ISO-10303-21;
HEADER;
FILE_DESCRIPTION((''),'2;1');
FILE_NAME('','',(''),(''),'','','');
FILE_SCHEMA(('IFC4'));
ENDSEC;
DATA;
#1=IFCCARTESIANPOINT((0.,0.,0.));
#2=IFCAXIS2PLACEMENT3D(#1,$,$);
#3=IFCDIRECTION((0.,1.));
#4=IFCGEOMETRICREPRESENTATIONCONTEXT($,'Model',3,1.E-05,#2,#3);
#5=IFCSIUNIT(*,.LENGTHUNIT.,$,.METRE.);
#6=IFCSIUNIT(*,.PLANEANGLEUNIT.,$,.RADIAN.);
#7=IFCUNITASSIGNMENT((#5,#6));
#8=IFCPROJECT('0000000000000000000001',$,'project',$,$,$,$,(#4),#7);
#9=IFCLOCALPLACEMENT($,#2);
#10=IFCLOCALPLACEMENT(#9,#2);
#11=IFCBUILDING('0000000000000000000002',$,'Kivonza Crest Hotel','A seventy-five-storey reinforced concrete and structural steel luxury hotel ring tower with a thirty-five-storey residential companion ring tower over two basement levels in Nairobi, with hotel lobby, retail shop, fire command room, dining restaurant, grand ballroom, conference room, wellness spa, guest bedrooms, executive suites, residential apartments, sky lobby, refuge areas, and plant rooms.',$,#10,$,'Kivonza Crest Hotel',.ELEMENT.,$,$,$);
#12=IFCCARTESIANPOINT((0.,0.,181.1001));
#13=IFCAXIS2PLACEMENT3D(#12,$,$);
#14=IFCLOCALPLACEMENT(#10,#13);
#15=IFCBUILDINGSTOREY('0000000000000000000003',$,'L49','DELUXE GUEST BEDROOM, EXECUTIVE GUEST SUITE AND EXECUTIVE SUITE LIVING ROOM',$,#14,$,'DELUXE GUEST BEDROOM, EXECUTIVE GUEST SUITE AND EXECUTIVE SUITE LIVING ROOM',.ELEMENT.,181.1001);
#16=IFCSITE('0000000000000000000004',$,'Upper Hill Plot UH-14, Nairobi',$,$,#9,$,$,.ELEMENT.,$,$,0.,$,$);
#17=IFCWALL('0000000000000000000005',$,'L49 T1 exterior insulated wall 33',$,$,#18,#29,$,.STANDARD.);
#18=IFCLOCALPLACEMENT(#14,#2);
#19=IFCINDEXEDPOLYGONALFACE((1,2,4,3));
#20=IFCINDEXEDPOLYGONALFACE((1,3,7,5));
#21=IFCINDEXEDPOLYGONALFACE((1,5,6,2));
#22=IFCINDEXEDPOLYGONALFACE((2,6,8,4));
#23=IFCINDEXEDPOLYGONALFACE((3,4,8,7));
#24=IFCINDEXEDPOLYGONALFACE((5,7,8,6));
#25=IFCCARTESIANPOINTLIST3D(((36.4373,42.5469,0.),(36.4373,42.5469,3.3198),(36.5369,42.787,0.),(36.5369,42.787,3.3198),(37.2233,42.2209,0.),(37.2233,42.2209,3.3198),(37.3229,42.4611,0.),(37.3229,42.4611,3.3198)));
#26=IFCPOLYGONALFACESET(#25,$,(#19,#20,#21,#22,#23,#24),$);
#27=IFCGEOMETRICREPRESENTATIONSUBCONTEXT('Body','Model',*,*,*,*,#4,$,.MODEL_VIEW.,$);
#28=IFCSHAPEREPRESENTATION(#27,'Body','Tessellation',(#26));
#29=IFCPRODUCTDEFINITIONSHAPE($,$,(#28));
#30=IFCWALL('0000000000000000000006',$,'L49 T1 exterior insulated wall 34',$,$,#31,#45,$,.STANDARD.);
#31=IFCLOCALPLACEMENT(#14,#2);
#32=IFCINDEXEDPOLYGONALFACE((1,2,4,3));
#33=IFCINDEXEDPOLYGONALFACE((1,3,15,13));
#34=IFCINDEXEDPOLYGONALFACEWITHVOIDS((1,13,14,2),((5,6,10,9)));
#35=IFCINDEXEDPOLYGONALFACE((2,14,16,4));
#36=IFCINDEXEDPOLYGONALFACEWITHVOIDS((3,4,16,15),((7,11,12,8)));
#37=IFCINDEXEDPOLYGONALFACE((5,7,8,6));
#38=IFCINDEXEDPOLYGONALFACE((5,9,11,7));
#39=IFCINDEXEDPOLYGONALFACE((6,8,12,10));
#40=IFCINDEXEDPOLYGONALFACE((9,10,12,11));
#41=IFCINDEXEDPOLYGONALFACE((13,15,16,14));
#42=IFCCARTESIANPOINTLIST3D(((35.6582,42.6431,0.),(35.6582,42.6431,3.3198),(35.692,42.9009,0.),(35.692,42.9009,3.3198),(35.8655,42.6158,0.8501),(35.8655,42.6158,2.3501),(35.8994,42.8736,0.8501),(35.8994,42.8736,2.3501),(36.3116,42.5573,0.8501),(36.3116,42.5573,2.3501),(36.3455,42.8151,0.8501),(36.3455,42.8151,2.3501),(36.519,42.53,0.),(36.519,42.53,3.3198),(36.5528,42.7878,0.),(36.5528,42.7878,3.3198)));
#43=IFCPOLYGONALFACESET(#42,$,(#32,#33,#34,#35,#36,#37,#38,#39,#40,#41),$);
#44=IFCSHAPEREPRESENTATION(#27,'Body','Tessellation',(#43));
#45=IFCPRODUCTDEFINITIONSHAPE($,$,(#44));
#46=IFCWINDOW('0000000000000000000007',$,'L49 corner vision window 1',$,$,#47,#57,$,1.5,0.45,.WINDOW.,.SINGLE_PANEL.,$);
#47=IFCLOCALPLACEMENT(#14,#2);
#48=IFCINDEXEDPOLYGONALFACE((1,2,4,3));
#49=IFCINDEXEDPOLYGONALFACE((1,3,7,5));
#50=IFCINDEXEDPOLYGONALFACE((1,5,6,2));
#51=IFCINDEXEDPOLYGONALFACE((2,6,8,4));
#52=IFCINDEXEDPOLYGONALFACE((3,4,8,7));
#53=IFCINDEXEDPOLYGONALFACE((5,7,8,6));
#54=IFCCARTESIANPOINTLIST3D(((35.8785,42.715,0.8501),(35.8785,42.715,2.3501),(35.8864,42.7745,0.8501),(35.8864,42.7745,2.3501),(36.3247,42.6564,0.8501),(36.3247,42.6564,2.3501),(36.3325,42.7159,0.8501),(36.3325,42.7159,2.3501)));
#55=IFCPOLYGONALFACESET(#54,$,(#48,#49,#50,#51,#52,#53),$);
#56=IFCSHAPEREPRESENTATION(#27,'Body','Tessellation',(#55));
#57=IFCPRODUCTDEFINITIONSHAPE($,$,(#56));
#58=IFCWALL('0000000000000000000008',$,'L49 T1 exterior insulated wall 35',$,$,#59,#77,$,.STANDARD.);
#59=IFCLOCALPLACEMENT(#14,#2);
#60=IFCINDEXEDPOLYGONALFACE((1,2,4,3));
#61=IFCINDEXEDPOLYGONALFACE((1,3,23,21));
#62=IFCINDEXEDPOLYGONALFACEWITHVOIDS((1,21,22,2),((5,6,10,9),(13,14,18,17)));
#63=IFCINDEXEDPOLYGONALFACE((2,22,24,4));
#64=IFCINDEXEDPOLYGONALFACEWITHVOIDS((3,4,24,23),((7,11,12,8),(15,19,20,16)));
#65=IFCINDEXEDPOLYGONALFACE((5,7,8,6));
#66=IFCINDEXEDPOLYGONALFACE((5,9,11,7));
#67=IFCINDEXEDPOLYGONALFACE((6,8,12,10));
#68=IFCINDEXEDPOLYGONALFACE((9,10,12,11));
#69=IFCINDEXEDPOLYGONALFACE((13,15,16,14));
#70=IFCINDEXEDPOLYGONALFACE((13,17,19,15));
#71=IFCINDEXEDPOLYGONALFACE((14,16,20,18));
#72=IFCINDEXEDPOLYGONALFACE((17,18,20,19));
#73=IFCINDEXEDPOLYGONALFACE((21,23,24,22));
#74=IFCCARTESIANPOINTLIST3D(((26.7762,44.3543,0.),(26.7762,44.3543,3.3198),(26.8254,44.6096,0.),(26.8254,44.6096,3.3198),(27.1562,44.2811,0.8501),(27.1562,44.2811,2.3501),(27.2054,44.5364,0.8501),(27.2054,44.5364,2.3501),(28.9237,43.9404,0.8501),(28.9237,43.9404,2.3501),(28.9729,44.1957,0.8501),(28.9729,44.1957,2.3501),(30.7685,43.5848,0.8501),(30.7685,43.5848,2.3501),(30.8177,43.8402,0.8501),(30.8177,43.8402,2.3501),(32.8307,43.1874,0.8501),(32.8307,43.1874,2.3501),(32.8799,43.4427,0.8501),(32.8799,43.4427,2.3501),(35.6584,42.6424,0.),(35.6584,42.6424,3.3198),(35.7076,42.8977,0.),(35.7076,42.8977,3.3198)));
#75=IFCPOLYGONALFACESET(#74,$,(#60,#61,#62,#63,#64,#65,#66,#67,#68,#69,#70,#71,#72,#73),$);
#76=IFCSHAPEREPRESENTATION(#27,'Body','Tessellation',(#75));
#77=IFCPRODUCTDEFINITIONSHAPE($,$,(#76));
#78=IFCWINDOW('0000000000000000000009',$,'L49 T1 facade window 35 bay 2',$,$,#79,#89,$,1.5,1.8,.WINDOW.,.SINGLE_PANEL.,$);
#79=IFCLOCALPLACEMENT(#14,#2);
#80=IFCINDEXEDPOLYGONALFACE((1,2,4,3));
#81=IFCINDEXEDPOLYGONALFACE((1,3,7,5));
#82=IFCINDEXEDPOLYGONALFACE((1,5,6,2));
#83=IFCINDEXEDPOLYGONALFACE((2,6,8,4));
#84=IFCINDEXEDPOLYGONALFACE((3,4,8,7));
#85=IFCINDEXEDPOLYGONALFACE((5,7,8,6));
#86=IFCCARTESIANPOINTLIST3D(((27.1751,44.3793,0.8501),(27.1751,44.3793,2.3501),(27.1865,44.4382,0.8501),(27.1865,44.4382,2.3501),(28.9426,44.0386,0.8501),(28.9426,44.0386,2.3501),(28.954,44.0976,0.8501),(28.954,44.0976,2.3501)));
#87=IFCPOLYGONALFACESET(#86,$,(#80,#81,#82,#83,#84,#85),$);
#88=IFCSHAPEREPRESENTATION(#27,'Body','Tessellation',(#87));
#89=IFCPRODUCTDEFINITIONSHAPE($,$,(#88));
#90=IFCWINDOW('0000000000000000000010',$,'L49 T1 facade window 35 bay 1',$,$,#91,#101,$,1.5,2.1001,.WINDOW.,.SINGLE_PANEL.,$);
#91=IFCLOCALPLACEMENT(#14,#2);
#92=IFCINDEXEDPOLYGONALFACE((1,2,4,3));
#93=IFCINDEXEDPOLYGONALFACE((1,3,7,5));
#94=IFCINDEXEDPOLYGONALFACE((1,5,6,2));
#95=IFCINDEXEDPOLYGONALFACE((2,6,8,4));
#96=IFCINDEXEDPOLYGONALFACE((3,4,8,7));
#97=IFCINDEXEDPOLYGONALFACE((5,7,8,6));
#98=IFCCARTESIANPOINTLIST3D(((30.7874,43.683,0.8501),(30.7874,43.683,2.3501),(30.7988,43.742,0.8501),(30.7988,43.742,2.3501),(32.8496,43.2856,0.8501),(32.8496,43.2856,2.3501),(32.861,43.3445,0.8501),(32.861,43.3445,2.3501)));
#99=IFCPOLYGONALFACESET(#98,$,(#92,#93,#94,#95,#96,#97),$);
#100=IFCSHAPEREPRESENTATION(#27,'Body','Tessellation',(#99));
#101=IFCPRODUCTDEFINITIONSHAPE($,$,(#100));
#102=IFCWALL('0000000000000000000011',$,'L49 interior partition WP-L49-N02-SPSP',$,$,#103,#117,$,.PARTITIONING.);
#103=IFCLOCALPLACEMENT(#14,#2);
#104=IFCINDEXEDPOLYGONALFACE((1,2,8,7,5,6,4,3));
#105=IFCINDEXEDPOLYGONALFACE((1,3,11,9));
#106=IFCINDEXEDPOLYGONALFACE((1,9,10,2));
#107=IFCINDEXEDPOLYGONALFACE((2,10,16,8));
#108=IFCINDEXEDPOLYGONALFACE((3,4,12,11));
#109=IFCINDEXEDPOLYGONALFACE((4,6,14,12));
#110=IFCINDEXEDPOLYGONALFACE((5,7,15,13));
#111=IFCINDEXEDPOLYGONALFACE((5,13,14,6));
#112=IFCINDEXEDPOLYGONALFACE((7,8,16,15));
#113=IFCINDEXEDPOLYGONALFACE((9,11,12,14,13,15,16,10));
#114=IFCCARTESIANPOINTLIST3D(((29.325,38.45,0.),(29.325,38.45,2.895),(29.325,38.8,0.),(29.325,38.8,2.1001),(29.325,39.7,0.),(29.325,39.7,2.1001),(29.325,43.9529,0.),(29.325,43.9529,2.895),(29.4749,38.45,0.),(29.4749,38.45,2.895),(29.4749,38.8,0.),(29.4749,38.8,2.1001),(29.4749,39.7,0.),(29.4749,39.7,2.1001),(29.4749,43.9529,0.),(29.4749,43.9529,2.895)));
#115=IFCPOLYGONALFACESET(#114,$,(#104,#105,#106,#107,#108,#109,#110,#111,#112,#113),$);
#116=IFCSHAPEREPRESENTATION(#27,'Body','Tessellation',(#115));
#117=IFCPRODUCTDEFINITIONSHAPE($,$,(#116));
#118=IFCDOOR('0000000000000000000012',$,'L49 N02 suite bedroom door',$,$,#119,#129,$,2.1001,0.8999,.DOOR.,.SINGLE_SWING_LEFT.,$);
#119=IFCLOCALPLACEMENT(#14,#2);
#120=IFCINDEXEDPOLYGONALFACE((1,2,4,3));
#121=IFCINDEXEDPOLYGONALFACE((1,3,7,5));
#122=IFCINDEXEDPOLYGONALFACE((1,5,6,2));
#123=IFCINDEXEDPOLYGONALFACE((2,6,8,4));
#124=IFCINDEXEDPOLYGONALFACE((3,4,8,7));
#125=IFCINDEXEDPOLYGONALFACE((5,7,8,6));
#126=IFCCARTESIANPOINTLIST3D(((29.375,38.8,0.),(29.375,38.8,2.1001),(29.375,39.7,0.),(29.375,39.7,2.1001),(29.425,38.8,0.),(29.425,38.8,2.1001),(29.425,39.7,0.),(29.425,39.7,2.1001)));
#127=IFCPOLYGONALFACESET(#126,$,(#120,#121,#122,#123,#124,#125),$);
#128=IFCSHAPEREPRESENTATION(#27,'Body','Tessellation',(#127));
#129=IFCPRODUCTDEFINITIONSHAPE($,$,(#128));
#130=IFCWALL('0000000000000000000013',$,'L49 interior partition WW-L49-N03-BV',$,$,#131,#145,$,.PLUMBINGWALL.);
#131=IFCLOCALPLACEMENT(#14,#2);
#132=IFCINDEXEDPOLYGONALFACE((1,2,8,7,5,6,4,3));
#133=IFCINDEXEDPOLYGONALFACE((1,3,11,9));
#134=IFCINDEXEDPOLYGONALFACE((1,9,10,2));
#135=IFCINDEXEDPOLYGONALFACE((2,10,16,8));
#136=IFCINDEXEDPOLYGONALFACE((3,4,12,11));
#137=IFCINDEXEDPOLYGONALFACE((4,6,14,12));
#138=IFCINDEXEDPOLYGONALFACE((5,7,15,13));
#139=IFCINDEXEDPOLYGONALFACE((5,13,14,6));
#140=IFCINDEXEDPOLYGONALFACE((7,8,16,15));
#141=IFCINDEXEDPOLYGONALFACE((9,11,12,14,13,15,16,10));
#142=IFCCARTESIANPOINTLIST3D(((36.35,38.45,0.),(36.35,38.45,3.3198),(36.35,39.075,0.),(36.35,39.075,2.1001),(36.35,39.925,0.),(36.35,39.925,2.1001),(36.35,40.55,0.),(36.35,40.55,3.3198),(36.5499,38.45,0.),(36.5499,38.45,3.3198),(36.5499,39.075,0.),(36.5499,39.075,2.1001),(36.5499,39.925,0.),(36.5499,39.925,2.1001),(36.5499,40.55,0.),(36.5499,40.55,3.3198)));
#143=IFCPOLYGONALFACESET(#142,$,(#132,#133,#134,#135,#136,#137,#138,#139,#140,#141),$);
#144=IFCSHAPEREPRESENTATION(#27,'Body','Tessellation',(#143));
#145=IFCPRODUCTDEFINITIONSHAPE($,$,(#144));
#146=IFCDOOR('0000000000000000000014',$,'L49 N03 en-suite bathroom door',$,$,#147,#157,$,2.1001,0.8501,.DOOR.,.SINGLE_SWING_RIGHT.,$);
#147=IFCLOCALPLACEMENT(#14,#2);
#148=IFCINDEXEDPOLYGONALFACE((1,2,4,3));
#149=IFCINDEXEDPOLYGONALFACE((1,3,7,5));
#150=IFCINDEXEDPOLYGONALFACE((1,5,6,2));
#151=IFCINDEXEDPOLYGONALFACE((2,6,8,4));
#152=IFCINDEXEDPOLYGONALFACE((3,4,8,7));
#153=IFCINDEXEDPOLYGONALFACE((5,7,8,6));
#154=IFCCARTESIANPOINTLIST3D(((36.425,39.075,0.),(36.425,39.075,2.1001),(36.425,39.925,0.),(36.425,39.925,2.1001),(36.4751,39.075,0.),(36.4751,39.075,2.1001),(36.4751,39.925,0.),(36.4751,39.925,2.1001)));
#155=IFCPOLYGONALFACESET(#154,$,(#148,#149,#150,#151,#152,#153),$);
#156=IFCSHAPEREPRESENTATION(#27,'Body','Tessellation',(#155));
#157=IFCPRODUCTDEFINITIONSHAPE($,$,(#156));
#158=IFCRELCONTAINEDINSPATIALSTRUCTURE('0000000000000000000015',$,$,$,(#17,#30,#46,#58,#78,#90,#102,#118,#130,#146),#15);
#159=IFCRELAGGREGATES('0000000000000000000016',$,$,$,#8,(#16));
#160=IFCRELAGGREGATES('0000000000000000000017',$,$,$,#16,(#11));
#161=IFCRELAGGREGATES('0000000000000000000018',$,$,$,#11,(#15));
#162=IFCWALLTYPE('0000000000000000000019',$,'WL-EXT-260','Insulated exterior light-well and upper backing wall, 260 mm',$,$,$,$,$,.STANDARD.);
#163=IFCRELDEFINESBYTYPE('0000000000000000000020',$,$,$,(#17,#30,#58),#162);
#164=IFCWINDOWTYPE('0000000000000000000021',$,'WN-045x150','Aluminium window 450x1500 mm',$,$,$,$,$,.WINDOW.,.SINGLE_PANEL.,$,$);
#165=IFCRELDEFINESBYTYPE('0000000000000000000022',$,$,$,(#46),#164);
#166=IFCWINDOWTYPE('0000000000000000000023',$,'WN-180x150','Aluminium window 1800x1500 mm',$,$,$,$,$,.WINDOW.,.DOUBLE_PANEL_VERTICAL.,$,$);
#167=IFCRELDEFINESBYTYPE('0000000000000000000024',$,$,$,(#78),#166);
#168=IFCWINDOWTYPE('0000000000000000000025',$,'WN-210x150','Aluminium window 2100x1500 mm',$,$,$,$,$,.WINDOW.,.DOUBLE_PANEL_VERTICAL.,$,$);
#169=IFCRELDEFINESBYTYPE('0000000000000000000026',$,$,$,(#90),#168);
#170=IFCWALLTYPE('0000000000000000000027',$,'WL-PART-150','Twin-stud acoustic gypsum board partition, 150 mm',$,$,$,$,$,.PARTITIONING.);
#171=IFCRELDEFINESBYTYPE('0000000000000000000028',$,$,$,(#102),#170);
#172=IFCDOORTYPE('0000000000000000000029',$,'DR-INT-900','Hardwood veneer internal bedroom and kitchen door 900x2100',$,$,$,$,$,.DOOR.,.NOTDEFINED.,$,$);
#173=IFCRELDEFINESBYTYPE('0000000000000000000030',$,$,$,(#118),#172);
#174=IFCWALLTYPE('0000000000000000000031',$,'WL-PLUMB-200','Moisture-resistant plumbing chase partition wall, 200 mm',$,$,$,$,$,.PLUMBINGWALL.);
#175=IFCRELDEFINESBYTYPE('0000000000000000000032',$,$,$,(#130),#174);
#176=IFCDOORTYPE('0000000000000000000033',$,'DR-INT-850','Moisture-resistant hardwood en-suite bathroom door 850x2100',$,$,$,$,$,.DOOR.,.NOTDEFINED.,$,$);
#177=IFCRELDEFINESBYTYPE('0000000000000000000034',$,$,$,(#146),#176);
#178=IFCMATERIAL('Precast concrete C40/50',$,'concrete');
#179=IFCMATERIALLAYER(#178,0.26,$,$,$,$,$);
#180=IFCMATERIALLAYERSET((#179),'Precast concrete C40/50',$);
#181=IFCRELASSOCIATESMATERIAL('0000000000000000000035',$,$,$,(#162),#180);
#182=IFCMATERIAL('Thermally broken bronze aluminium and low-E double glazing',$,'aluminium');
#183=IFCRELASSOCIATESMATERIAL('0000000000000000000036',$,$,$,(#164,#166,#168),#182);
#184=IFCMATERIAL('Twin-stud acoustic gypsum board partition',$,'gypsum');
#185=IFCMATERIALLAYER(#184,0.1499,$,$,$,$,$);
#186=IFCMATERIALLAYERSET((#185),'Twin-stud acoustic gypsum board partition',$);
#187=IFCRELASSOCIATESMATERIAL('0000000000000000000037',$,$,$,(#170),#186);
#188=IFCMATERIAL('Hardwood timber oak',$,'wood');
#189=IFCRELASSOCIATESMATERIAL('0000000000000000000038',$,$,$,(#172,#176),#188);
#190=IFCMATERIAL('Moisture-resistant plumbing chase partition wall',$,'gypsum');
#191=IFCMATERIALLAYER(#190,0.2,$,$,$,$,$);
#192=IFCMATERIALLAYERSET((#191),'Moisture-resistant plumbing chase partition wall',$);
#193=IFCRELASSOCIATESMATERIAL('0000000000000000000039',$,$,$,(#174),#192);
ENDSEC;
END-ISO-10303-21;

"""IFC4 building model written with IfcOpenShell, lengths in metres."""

from ifc_helpers import new_model, si_unit, direction, frame, frame_2d, origin, place, context, subcontext, project, spatial, rectangle, extrude, material, layer, layer_set, type_object, element, fill, save


model = new_model("IFC4")

# Units and contexts
model_context = context("Model", 3, precision=1e-05, world=origin(), true_north=direction((0.0, 1.0)))
body_context = subcontext(model_context, "Body", "Model", "MODEL_VIEW")
ifc_project = project(units=[si_unit("LENGTHUNIT", "METRE"), si_unit("PLANEANGLEUNIT", "RADIAN")], contexts=[model_context])

# Site, building, storey
site_placement = place(None, origin())
site = spatial("IfcSite", under=ifc_project, at=site_placement, Name="Upper Hill Plot UH-14, Nairobi", CompositionType="ELEMENT", RefElevation=0.0)
building_placement = place(site_placement, origin())
building = spatial("IfcBuilding", under=site, at=building_placement, Name="Kivonza Crest Hotel", Description="A seventy-five-storey reinforced concrete and structural steel luxury hotel ring tower with a thirty-five-storey residential companion ring tower over two basement levels in Nairobi, with hotel lobby, retail shop, fire command room, dining restaurant, grand ballroom, conference room, wellness spa, guest bedrooms, executive suites, residential apartments, sky lobby, refuge areas, and plant rooms.", LongName="Kivonza Crest Hotel", CompositionType="ELEMENT")
storey_placement = place(building_placement, frame((0.0, 0.0, 181.1001)))
storey = spatial("IfcBuildingStorey", under=building, at=storey_placement, Name="L49", Description="DELUXE GUEST BEDROOM, EXECUTIVE GUEST SUITE AND EXECUTIVE SUITE LIVING ROOM", LongName="DELUXE GUEST BEDROOM, EXECUTIVE GUEST SUITE AND EXECUTIVE SUITE LIVING ROOM", CompositionType="ELEMENT", Elevation=181.1001)

# Wall
ifc_material_1 = material(Name="Precast concrete C40/50", Category="concrete")
ifc_layer_1 = layer(ifc_material_1, 0.26)
ifc_layer_set_1 = layer_set([ifc_layer_1], Name="Precast concrete C40/50")
wall_type_1 = type_object("IfcWallType", Name="WL-EXT-260", Description="Insulated exterior light-well and upper backing wall, 260 mm", PredefinedType="STANDARD", material=ifc_layer_set_1)
wall_1_placement = place(storey_placement, frame((37.2729, 42.3411, 0.0), z_axis=(0.0, 0.0, 1.0), x_axis=(-0.923712, 0.383087, 0.0)))
element("IfcWall", 1, at=wall_1_placement, inside=storey, type_object=wall_type_1, Name="L49 T1 exterior insulated wall 33", PredefinedType="STANDARD", context=body_context, shape_type="SweptSolid", body=[
    extrude(rectangle(XDim=0.8508, YDim=0.26, at=frame_2d((0.4253, 0.0))), origin(), (0.0, 0.0, 1.0), 3.3198),
])

# Wall, opening, window
wall_2_placement = place(storey_placement, frame((36.5359, 42.6589, 0.0), z_axis=(0.0, 0.0, 1.0), x_axis=(-0.991489, 0.130193, 0.0)))
wall_2 = element("IfcWall", 2, at=wall_2_placement, inside=storey, type_object=wall_type_1, Name="L49 T1 exterior insulated wall 34", PredefinedType="STANDARD", context=body_context, shape_type="SweptSolid", body=[
    extrude(rectangle(XDim=0.8682, YDim=0.26, at=frame_2d((0.4341, 0.0))), origin(), (0.0, 0.0, 1.0), 3.3198),
])
opening_1_placement = place(wall_2_placement, frame((0.209, 0.0, 0.8501)))
opening_1 = element("IfcOpeningElement", 3, at=opening_1_placement, cuts=wall_2, PredefinedType="OPENING", context=body_context, shape_type="SweptSolid", body=[
    extrude(rectangle(XDim=0.45, YDim=1.5, at=frame_2d((0.2251, 0.75))), frame((0.0, 0.1401, 0.0), z_axis=(0.0, -1.0, 0.0), x_axis=(1.0, 0.0, 0.0)), (0.0, 0.0, 1.0), 0.28),
])
ifc_material_2 = material(Name="Thermally broken bronze aluminium and low-E double glazing", Category="aluminium")
window_type_1 = type_object("IfcWindowType", Name="WN-045x150", Description="Aluminium window 450x1500 mm", PartitioningType="SINGLE_PANEL", PredefinedType="WINDOW", material=ifc_material_2)
window_1_placement = place(opening_1_placement, origin())
window_1 = element("IfcWindow", 4, at=window_1_placement, inside=storey, type_object=window_type_1, Name="L49 corner vision window 1", OverallHeight=1.5, OverallWidth=0.45, PartitioningType="SINGLE_PANEL", PredefinedType="WINDOW", context=body_context, shape_type="SweptSolid", body=[
    extrude(rectangle(XDim=0.45, YDim=1.5, at=frame_2d((0.2251, 0.75))), frame((0.0, 0.03, 0.0), z_axis=(0.0, -1.0, 0.0), x_axis=(1.0, 0.0, 0.0)), (0.0, 0.0, 1.0), 0.0601),
])
fill(opening_1, window_1)

# Wall, openings, windows
wall_3_placement = place(storey_placement, frame((35.6831, 42.77, 0.0), z_axis=(0.0, 0.0, 1.0), x_axis=(-0.981928, 0.189255, 0.0)))
wall_3 = element("IfcWall", 5, at=wall_3_placement, inside=storey, type_object=wall_type_1, Name="L49 T1 exterior insulated wall 35", PredefinedType="STANDARD", context=body_context, shape_type="SweptSolid", body=[
    extrude(rectangle(XDim=9.0457, YDim=0.26, at=frame_2d((4.5229, 0.0))), origin(), (0.0, 0.0, 1.0), 3.3198),
])
opening_2_placement = place(wall_3_placement, frame((2.8799, 0.0, 0.8501)))
opening_2 = element("IfcOpeningElement", 6, at=opening_2_placement, cuts=wall_3, PredefinedType="OPENING", context=body_context, shape_type="SweptSolid", body=[
    extrude(rectangle(XDim=2.1001, YDim=1.5, at=frame_2d((1.05, 0.75))), frame((0.0, 0.1401, 0.0), z_axis=(0.0, -1.0, 0.0), x_axis=(1.0, 0.0, 0.0)), (0.0, 0.0, 1.0), 0.28),
])
opening_3_placement = place(wall_3_placement, frame((6.8589, 0.0, 0.8501)))
opening_3 = element("IfcOpeningElement", 7, at=opening_3_placement, cuts=wall_3, PredefinedType="OPENING", context=body_context, shape_type="SweptSolid", body=[
    extrude(rectangle(XDim=1.8, YDim=1.5, at=frame_2d((0.8999, 0.75))), frame((0.0, 0.1401, 0.0), z_axis=(0.0, -1.0, 0.0), x_axis=(1.0, 0.0, 0.0)), (0.0, 0.0, 1.0), 0.28),
])
window_type_2 = type_object("IfcWindowType", Name="WN-180x150", Description="Aluminium window 1800x1500 mm", PartitioningType="DOUBLE_PANEL_VERTICAL", PredefinedType="WINDOW", material=ifc_material_2)
window_2_placement = place(opening_3_placement, origin())
window_2 = element("IfcWindow", 8, at=window_2_placement, inside=storey, type_object=window_type_2, Name="L49 T1 facade window 35 bay 2", OverallHeight=1.5, OverallWidth=1.8, PartitioningType="SINGLE_PANEL", PredefinedType="WINDOW", context=body_context, shape_type="SweptSolid", body=[
    extrude(rectangle(XDim=1.8, YDim=1.5, at=frame_2d((0.8999, 0.75))), frame((0.0, 0.03, 0.0), z_axis=(0.0, -1.0, 0.0), x_axis=(1.0, 0.0, 0.0)), (0.0, 0.0, 1.0), 0.0601),
])
fill(opening_3, window_2)
window_type_3 = type_object("IfcWindowType", Name="WN-210x150", Description="Aluminium window 2100x1500 mm", PartitioningType="DOUBLE_PANEL_VERTICAL", PredefinedType="WINDOW", material=ifc_material_2)
window_3_placement = place(opening_2_placement, origin())
window_3 = element("IfcWindow", 9, at=window_3_placement, inside=storey, type_object=window_type_3, Name="L49 T1 facade window 35 bay 1", OverallHeight=1.5, OverallWidth=2.1001, PartitioningType="SINGLE_PANEL", PredefinedType="WINDOW", context=body_context, shape_type="SweptSolid", body=[
    extrude(rectangle(XDim=2.1001, YDim=1.5, at=frame_2d((1.05, 0.75))), frame((0.0, 0.03, 0.0), z_axis=(0.0, -1.0, 0.0), x_axis=(1.0, 0.0, 0.0)), (0.0, 0.0, 1.0), 0.0601),
])
fill(opening_2, window_3)

# Walls, openings, doors
ifc_material_3 = material(Name="Twin-stud acoustic gypsum board partition", Category="gypsum")
ifc_layer_2 = layer(ifc_material_3, 0.1499)
ifc_layer_set_2 = layer_set([ifc_layer_2], Name="Twin-stud acoustic gypsum board partition")
wall_type_2 = type_object("IfcWallType", Name="WL-PART-150", Description="Twin-stud acoustic gypsum board partition, 150 mm", PredefinedType="PARTITIONING", material=ifc_layer_set_2)
wall_4_placement = place(storey_placement, frame((29.3999, 38.45, 0.0), z_axis=(0.0, 0.0, 1.0), x_axis=(0.0, 1.0, 0.0)))
wall_4 = element("IfcWall", 10, at=wall_4_placement, inside=storey, type_object=wall_type_2, Name="L49 interior partition WP-L49-N02-SPSP", PredefinedType="PARTITIONING", context=body_context, shape_type="SweptSolid", body=[
    extrude(rectangle(XDim=5.5029, YDim=0.1499, at=frame_2d((2.7515, 0.0))), origin(), (0.0, 0.0, 1.0), 2.895),
])
opening_4_placement = place(wall_4_placement, frame((0.3501, 0.0, 0.0)))
opening_4 = element("IfcOpeningElement", 11, at=opening_4_placement, cuts=wall_4, PredefinedType="OPENING", context=body_context, shape_type="SweptSolid", body=[
    extrude(rectangle(XDim=0.8999, YDim=2.1001, at=frame_2d((0.45, 1.05))), frame((0.0, 0.085, 0.0), z_axis=(0.0, -1.0, 0.0), x_axis=(1.0, 0.0, 0.0)), (0.0, 0.0, 1.0), 0.1699),
])
ifc_material_4 = material(Name="Hardwood timber oak", Category="wood")
door_type_1 = type_object("IfcDoorType", Name="DR-INT-900", Description="Hardwood veneer internal bedroom and kitchen door 900x2100", OperationType="NOTDEFINED", PredefinedType="DOOR", material=ifc_material_4)
door_1_placement = place(opening_4_placement, origin())
door_1 = element("IfcDoor", 12, at=door_1_placement, inside=storey, type_object=door_type_1, Name="L49 N02 suite bedroom door", OperationType="SINGLE_SWING_LEFT", OverallHeight=2.1001, OverallWidth=0.8999, PredefinedType="DOOR", context=body_context, shape_type="SweptSolid", body=[
    extrude(rectangle(XDim=0.8999, YDim=2.1001, at=frame_2d((0.45, 1.05))), frame((0.0, 0.0249, 0.0), z_axis=(0.0, -1.0, 0.0), x_axis=(1.0, 0.0, 0.0)), (0.0, 0.0, 1.0), 0.05),
])
fill(opening_4, door_1)
ifc_material_5 = material(Name="Moisture-resistant plumbing chase partition wall", Category="gypsum")
ifc_layer_3 = layer(ifc_material_5, 0.2)
ifc_layer_set_3 = layer_set([ifc_layer_3], Name="Moisture-resistant plumbing chase partition wall")
wall_type_3 = type_object("IfcWallType", Name="WL-PLUMB-200", Description="Moisture-resistant plumbing chase partition wall, 200 mm", PredefinedType="PLUMBINGWALL", material=ifc_layer_set_3)
wall_5_placement = place(storey_placement, frame((36.45, 38.45, 0.0), z_axis=(0.0, 0.0, 1.0), x_axis=(0.0, 1.0, 0.0)))
wall_5 = element("IfcWall", 13, at=wall_5_placement, inside=storey, type_object=wall_type_3, Name="L49 interior partition WW-L49-N03-BV", PredefinedType="PLUMBINGWALL", context=body_context, shape_type="SweptSolid", body=[
    extrude(rectangle(XDim=2.1001, YDim=0.2, at=frame_2d((1.05, 0.0))), origin(), (0.0, 0.0, 1.0), 3.3198),
])
opening_5_placement = place(wall_5_placement, frame((0.625, 0.0, 0.0)))
opening_5 = element("IfcOpeningElement", 14, at=opening_5_placement, cuts=wall_5, PredefinedType="OPENING", context=body_context, shape_type="SweptSolid", body=[
    extrude(rectangle(XDim=0.8501, YDim=2.1001, at=frame_2d((0.425, 1.05))), frame((0.0, 0.1099, 0.0), z_axis=(0.0, -1.0, 0.0), x_axis=(1.0, 0.0, 0.0)), (0.0, 0.0, 1.0), 0.22),
])
door_type_2 = type_object("IfcDoorType", Name="DR-INT-850", Description="Moisture-resistant hardwood en-suite bathroom door 850x2100", OperationType="NOTDEFINED", PredefinedType="DOOR", material=ifc_material_4)
door_2_placement = place(opening_5_placement, origin())
door_2 = element("IfcDoor", 15, at=door_2_placement, inside=storey, type_object=door_type_2, Name="L49 N03 en-suite bathroom door", OperationType="SINGLE_SWING_RIGHT", OverallHeight=2.1001, OverallWidth=0.8501, PredefinedType="DOOR", context=body_context, shape_type="SweptSolid", body=[
    extrude(rectangle(XDim=0.8501, YDim=2.1001, at=frame_2d((0.425, 1.05))), frame((0.0, 0.0249, 0.0), z_axis=(0.0, -1.0, 0.0), x_axis=(1.0, 0.0, 0.0)), (0.0, 0.0, 1.0), 0.05),
])
fill(opening_5, door_2)

save(model, "model.ifc")
